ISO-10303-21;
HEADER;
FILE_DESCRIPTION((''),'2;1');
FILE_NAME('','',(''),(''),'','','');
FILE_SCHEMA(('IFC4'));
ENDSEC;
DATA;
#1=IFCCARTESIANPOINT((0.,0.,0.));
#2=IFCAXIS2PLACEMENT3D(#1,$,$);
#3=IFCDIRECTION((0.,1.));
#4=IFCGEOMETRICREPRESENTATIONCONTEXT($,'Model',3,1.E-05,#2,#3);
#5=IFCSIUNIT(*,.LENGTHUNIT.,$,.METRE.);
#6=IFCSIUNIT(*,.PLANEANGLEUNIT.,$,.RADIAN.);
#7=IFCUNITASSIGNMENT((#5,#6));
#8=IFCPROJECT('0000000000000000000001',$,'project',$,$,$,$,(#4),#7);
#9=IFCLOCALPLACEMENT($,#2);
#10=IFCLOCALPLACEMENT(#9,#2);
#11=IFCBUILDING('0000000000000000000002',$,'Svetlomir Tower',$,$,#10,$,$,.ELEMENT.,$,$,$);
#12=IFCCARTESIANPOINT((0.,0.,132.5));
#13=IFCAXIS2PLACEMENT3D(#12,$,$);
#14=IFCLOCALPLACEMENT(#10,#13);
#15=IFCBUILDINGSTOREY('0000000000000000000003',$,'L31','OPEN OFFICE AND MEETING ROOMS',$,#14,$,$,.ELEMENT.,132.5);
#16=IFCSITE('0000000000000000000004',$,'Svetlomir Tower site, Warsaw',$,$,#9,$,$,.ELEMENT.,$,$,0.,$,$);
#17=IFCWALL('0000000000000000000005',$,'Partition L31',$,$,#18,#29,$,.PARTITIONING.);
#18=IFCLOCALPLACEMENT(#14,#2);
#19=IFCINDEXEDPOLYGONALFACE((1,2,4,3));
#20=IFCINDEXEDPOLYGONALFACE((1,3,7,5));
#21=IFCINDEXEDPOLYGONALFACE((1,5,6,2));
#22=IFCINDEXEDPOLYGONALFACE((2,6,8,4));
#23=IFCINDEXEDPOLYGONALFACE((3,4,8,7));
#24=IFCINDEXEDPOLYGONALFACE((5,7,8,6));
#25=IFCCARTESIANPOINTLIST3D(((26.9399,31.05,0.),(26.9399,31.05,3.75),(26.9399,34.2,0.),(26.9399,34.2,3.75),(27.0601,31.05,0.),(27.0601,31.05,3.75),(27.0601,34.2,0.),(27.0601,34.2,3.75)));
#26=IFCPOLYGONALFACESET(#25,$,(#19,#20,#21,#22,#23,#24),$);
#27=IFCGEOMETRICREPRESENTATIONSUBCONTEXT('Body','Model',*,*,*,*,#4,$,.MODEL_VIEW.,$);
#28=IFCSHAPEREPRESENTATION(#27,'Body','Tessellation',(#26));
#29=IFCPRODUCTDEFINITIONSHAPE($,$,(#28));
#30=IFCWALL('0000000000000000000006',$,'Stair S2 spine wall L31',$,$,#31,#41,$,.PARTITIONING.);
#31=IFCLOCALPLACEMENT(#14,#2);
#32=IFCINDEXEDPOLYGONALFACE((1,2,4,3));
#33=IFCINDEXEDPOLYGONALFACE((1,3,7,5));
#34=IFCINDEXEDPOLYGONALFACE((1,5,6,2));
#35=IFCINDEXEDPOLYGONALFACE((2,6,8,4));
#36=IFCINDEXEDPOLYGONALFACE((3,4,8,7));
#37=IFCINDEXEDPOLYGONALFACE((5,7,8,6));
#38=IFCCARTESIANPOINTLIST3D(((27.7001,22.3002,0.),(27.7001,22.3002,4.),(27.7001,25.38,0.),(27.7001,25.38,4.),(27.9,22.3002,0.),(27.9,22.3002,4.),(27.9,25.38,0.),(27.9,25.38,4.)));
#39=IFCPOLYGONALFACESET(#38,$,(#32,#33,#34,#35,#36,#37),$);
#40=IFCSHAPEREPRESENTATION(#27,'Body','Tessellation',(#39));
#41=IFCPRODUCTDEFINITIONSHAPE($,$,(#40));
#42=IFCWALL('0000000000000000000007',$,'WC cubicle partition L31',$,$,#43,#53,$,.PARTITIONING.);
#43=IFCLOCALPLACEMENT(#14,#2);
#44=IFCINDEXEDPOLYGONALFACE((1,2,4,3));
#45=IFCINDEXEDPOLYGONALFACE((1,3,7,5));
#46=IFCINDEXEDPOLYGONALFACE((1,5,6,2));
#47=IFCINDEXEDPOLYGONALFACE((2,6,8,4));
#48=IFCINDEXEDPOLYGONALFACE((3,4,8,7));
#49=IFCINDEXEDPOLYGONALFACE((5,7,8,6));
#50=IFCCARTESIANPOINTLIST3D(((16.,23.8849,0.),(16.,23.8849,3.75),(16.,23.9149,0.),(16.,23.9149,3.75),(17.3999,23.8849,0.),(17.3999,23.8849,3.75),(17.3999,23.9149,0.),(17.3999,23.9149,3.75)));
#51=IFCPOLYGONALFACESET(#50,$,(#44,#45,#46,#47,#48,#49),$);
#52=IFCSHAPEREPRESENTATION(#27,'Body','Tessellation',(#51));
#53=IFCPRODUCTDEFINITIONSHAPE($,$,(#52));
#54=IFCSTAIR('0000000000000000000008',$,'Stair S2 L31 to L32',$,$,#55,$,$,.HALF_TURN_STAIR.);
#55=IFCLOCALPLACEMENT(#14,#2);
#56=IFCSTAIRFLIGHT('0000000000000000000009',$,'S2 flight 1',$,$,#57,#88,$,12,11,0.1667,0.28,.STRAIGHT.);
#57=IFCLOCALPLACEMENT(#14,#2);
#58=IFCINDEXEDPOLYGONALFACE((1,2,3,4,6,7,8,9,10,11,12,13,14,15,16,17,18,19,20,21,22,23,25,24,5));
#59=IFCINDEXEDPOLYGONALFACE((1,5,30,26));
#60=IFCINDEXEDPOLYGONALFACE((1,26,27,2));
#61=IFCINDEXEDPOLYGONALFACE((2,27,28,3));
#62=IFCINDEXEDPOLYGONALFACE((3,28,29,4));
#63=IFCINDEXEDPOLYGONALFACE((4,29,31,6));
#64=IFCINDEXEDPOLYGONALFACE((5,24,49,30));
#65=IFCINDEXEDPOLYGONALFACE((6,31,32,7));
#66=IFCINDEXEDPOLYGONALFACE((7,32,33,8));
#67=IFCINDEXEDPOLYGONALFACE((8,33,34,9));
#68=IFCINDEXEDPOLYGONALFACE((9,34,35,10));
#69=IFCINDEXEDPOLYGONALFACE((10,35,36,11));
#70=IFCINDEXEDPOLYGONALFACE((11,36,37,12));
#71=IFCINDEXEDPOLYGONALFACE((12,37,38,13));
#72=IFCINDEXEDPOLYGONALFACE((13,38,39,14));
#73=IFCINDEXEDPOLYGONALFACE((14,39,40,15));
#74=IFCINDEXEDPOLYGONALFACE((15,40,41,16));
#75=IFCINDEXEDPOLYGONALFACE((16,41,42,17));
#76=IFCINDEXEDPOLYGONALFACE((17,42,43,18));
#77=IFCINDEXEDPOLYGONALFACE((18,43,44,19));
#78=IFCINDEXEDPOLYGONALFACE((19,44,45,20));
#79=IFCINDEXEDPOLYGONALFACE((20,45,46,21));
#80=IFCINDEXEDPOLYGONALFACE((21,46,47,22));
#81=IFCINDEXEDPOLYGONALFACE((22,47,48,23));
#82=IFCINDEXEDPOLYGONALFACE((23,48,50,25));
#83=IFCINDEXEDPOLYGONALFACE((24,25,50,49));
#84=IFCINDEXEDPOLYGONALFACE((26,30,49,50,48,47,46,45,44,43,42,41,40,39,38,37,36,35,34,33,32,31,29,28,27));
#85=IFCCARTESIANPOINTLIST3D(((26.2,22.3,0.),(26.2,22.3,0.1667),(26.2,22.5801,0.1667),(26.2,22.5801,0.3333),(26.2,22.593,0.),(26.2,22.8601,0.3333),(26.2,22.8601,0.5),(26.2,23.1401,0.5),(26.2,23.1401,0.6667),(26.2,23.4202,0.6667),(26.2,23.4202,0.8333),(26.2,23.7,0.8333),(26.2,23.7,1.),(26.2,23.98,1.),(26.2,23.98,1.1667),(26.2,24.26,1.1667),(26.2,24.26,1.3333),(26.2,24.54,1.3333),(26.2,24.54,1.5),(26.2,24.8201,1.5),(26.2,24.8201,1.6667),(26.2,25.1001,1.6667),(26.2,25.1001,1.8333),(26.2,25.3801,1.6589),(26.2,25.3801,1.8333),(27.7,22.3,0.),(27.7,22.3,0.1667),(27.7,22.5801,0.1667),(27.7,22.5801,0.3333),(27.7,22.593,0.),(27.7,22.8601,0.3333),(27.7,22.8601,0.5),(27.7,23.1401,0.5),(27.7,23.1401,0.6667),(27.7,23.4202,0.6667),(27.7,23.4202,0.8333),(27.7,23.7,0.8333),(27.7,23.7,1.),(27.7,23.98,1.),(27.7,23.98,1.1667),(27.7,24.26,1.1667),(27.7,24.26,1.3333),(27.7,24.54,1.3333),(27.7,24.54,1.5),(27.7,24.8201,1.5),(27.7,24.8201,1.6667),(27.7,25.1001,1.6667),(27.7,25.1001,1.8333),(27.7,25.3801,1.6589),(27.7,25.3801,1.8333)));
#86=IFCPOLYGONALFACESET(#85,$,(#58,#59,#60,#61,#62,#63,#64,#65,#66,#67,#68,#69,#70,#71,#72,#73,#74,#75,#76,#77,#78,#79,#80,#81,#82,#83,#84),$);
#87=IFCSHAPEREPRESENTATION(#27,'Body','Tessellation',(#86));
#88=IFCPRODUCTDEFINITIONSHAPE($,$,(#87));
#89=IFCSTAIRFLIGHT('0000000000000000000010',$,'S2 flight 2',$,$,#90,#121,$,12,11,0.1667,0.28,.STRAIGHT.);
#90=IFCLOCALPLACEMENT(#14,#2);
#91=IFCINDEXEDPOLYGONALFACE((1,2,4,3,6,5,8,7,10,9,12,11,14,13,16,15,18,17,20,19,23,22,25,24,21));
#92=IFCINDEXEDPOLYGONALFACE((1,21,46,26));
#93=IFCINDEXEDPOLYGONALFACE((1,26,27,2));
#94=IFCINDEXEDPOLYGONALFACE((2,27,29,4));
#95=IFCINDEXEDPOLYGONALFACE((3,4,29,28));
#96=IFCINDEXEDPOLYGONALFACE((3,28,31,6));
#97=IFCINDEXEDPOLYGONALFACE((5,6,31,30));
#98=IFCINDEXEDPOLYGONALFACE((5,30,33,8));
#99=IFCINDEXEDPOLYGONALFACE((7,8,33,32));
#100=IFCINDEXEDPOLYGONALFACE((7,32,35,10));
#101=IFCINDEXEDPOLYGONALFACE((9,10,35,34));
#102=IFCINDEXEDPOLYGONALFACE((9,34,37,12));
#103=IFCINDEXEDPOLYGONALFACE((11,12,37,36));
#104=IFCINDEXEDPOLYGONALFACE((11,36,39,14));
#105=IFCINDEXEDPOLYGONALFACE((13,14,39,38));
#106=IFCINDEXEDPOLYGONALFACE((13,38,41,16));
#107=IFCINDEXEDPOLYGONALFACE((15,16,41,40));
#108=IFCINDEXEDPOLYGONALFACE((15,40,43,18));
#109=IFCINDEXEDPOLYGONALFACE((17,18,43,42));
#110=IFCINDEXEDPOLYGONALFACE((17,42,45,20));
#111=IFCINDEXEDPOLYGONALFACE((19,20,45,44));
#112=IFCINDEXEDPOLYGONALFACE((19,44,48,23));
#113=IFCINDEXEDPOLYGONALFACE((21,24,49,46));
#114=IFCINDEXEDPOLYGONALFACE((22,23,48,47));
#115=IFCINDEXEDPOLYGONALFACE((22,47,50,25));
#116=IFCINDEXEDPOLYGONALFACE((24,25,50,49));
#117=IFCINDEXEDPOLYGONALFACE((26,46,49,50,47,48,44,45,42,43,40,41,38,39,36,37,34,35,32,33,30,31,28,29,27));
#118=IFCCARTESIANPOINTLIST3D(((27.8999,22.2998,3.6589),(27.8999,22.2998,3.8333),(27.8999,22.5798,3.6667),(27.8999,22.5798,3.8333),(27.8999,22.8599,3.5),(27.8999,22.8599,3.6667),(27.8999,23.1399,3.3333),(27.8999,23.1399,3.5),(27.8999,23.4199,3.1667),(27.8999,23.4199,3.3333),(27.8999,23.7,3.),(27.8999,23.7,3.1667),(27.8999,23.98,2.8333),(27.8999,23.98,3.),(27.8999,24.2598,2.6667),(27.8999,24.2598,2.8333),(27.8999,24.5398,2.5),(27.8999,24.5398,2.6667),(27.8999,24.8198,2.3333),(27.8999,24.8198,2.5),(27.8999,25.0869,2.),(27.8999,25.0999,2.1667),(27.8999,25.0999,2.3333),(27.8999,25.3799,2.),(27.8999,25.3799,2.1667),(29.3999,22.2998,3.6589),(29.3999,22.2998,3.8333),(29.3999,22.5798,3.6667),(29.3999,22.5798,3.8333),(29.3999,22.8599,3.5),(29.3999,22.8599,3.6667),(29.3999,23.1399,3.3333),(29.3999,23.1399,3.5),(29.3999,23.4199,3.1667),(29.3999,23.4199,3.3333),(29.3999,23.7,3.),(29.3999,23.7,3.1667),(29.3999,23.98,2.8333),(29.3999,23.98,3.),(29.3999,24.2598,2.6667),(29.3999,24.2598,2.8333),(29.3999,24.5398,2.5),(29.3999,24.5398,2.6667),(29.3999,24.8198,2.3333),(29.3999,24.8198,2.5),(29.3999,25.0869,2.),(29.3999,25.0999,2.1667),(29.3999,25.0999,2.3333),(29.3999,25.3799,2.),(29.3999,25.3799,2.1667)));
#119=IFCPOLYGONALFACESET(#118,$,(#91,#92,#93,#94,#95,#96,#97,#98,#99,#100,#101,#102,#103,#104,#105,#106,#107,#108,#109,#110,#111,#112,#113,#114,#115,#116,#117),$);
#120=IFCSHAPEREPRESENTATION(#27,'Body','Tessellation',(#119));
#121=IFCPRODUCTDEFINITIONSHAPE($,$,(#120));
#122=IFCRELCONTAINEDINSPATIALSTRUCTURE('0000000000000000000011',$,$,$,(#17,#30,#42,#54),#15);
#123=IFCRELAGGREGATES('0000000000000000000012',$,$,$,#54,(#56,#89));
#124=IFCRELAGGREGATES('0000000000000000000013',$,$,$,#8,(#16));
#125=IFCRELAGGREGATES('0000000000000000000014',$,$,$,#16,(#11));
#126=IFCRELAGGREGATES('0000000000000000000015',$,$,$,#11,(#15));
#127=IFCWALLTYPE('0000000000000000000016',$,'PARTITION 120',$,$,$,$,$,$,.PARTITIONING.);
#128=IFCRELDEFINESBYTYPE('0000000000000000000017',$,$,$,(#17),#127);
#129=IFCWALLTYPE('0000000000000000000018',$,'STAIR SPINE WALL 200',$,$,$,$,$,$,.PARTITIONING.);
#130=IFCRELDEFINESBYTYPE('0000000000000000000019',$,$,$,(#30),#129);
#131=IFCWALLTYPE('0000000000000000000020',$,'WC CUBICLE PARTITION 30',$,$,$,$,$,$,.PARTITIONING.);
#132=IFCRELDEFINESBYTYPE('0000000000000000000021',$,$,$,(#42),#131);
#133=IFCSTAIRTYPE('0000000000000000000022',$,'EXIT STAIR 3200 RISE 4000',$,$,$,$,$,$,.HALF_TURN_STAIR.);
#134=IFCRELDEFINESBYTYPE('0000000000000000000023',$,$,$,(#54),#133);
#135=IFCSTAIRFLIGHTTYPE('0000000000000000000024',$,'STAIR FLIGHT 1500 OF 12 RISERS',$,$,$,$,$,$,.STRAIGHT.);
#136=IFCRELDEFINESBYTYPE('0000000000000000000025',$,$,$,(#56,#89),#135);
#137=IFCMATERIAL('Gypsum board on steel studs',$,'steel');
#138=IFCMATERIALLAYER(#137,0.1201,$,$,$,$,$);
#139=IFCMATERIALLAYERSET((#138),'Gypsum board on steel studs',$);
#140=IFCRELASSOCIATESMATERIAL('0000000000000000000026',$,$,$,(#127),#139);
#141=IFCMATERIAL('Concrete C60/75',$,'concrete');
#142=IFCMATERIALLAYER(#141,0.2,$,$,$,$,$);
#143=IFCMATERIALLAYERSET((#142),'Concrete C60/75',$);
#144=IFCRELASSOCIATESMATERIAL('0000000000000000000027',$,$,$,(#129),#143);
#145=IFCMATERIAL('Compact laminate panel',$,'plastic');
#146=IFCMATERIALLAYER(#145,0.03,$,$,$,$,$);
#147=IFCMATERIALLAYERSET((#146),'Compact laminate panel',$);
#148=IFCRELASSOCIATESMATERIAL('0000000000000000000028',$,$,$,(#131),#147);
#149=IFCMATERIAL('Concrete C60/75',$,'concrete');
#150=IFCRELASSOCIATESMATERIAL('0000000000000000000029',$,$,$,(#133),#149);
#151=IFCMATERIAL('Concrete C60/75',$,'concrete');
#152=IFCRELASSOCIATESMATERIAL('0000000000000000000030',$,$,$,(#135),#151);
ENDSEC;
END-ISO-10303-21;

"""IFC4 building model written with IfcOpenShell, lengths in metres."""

from ifc_helpers import new_model, si_unit, direction, frame, frame_2d, origin, place, context, subcontext, project, spatial, polyline, rectangle, outline, extrude, material, layer, layer_set, type_object, element, aggregate, save


model = new_model("IFC4")

# Units and contexts
model_context = context("Model", 3, precision=1e-05, world=origin(), true_north=direction((0.0, 1.0)))
body_context = subcontext(model_context, "Body", "Model", "MODEL_VIEW")
ifc_project = project(units=[si_unit("LENGTHUNIT", "METRE"), si_unit("PLANEANGLEUNIT", "RADIAN")], contexts=[model_context])

# Site, building, storey
site_placement = place(None, origin())
site = spatial("IfcSite", under=ifc_project, at=site_placement, Name="Svetlomir Tower site, Warsaw", CompositionType="ELEMENT", RefElevation=0.0)
building_placement = place(site_placement, origin())
building = spatial("IfcBuilding", under=site, at=building_placement, Name="Svetlomir Tower", CompositionType="ELEMENT")
storey_placement = place(building_placement, frame((0.0, 0.0, 132.5)))
storey = spatial("IfcBuildingStorey", under=building, at=storey_placement, Name="L31", Description="OPEN OFFICE AND MEETING ROOMS", CompositionType="ELEMENT", Elevation=132.5)

# Shared definitions
ifc_material_1 = material(Name="Gypsum board on steel studs", Category="steel")
ifc_layer_1 = layer(ifc_material_1, 0.1201)
ifc_layer_set_1 = layer_set([ifc_layer_1], Name="Gypsum board on steel studs")
wall_type_1 = type_object("IfcWallType", Name="PARTITION 120", PredefinedType="PARTITIONING", material=ifc_layer_set_1)

# Walls
wall_1_placement = place(storey_placement, frame((27.0, 31.05, 0.0), z_axis=(0.0, 0.0, 1.0), x_axis=(0.0, 1.0, 0.0)))
element("IfcWall", 1, at=wall_1_placement, inside=storey, type_object=wall_type_1, Name="Partition L31", PredefinedType="PARTITIONING", context=body_context, shape_type="SweptSolid", body=[
    extrude(rectangle(XDim=3.1499, YDim=0.1201, at=frame_2d((1.575, 0.0))), origin(), (0.0, 0.0, 1.0), 3.75),
])
ifc_material_2 = material(Name="Concrete C60/75", Category="concrete")
ifc_layer_2 = layer(ifc_material_2, 0.2)
ifc_layer_set_2 = layer_set([ifc_layer_2], Name="Concrete C60/75")
wall_type_2 = type_object("IfcWallType", Name="STAIR SPINE WALL 200", PredefinedType="PARTITIONING", material=ifc_layer_set_2)
wall_2_placement = place(storey_placement, frame((27.8, 22.3, 0.0), z_axis=(0.0, 0.0, 1.0), x_axis=(0.0, 1.0, 0.0)))
element("IfcWall", 2, at=wall_2_placement, inside=storey, type_object=wall_type_2, Name="Stair S2 spine wall L31", PredefinedType="PARTITIONING", context=body_context, shape_type="SweptSolid", body=[
    extrude(rectangle(XDim=3.0798, YDim=0.2, at=frame_2d((1.54, 0.0))), origin(), (0.0, 0.0, 1.0), 4.0),
])
ifc_material_3 = material(Name="Compact laminate panel", Category="plastic")
ifc_layer_3 = layer(ifc_material_3, 0.03)
ifc_layer_set_3 = layer_set([ifc_layer_3], Name="Compact laminate panel")
wall_type_3 = type_object("IfcWallType", Name="WC CUBICLE PARTITION 30", PredefinedType="PARTITIONING", material=ifc_layer_set_3)
wall_3_placement = place(storey_placement, frame((16.0, 23.8999, 0.0), z_axis=(0.0, 0.0, 1.0), x_axis=(1.0, 0.0, 0.0)))
element("IfcWall", 3, at=wall_3_placement, inside=storey, type_object=wall_type_3, Name="WC cubicle partition L31", PredefinedType="PARTITIONING", context=body_context, shape_type="SweptSolid", body=[
    extrude(rectangle(XDim=1.3999, YDim=0.03, at=frame_2d((0.7, 0.0))), origin(), (0.0, 0.0, 1.0), 3.75),
])

# Stair, stair flights
ifc_material_4 = material(Name="Concrete C60/75", Category="concrete")
stair_type = type_object("IfcStairType", Name="EXIT STAIR 3200 RISE 4000", PredefinedType="HALF_TURN_STAIR", material=ifc_material_4)
stair_placement = place(storey_placement, origin())
stair = element("IfcStair", 4, at=stair_placement, inside=storey, type_object=stair_type, Name="Stair S2 L31 to L32", PredefinedType="HALF_TURN_STAIR")
ifc_material_5 = material(Name="Concrete C60/75", Category="concrete")
stair_flight_type = type_object("IfcStairFlightType", Name="STAIR FLIGHT 1500 OF 12 RISERS", PredefinedType="STRAIGHT", material=ifc_material_5)
stair_flight_1_placement = place(storey_placement, frame((26.95, 22.3, 0.0), z_axis=(0.0, 0.0, 1.0), x_axis=(0.0, 1.0, 0.0)))
stair_flight_1 = element("IfcStairFlight", 5, at=stair_flight_1_placement, type_object=stair_flight_type, Name="S2 flight 1", NumberOfRisers=12, NumberOfTreads=11, PredefinedType="STRAIGHT", RiserHeight=0.1667, TreadLength=0.28, context=body_context, shape_type="SweptSolid", body=[
    extrude(outline(polyline([(0.0, 0.0), (0.0, 0.1667), (0.28, 0.1667), (0.28, 0.3333), (0.5601, 0.3333), (0.5601, 0.5), (0.8401, 0.5), (0.8401, 0.6667), (1.1201, 0.6667), (1.1201, 0.8333), (1.3999, 0.8333), (1.3999, 1.0), (1.6799, 1.0), (1.6799, 1.1667), (1.96, 1.1667), (1.96, 1.3333), (2.24, 1.3333), (2.24, 1.5), (2.52, 1.5), (2.52, 1.6667), (2.8, 1.6667), (2.8, 1.8333), (3.0801, 1.8333), (3.0801, 2.0), (3.0801, 1.6589), (0.293, 0.0), (0.0, 0.0)])), frame((0.0, 0.75, 0.0), z_axis=(0.0, -1.0, 0.0), x_axis=(1.0, 0.0, 0.0)), (0.0, 0.0, 1.0), 1.5),
])
stair_flight_2_placement = place(storey_placement, frame((28.6499, 25.3799, 2.0), z_axis=(0.0, 0.0, 1.0), x_axis=(0.0, -1.0, 0.0)))
stair_flight_2 = element("IfcStairFlight", 6, at=stair_flight_2_placement, type_object=stair_flight_type, Name="S2 flight 2", NumberOfRisers=12, NumberOfTreads=11, PredefinedType="STRAIGHT", RiserHeight=0.1667, TreadLength=0.28, context=body_context, shape_type="SweptSolid", body=[
    extrude(outline(polyline([(0.0, 0.0), (0.0, 0.1667), (0.28, 0.1667), (0.28, 0.3333), (0.5601, 0.3333), (0.5601, 0.5), (0.8401, 0.5), (0.8401, 0.6667), (1.1201, 0.6667), (1.1201, 0.8333), (1.3999, 0.8333), (1.3999, 1.0), (1.6799, 1.0), (1.6799, 1.1667), (1.96, 1.1667), (1.96, 1.3333), (2.24, 1.3333), (2.24, 1.5), (2.52, 1.5), (2.52, 1.6667), (2.8, 1.6667), (2.8, 1.8333), (3.0801, 1.8333), (3.0801, 2.0), (3.0801, 1.6589), (0.293, 0.0), (0.0, 0.0)])), frame((0.0, 0.75, 0.0), z_axis=(0.0, -1.0, 0.0), x_axis=(1.0, 0.0, 0.0)), (0.0, 0.0, 1.0), 1.5),
])
aggregate(stair, [stair_flight_1, stair_flight_2])

save(model, "model.ifc")
